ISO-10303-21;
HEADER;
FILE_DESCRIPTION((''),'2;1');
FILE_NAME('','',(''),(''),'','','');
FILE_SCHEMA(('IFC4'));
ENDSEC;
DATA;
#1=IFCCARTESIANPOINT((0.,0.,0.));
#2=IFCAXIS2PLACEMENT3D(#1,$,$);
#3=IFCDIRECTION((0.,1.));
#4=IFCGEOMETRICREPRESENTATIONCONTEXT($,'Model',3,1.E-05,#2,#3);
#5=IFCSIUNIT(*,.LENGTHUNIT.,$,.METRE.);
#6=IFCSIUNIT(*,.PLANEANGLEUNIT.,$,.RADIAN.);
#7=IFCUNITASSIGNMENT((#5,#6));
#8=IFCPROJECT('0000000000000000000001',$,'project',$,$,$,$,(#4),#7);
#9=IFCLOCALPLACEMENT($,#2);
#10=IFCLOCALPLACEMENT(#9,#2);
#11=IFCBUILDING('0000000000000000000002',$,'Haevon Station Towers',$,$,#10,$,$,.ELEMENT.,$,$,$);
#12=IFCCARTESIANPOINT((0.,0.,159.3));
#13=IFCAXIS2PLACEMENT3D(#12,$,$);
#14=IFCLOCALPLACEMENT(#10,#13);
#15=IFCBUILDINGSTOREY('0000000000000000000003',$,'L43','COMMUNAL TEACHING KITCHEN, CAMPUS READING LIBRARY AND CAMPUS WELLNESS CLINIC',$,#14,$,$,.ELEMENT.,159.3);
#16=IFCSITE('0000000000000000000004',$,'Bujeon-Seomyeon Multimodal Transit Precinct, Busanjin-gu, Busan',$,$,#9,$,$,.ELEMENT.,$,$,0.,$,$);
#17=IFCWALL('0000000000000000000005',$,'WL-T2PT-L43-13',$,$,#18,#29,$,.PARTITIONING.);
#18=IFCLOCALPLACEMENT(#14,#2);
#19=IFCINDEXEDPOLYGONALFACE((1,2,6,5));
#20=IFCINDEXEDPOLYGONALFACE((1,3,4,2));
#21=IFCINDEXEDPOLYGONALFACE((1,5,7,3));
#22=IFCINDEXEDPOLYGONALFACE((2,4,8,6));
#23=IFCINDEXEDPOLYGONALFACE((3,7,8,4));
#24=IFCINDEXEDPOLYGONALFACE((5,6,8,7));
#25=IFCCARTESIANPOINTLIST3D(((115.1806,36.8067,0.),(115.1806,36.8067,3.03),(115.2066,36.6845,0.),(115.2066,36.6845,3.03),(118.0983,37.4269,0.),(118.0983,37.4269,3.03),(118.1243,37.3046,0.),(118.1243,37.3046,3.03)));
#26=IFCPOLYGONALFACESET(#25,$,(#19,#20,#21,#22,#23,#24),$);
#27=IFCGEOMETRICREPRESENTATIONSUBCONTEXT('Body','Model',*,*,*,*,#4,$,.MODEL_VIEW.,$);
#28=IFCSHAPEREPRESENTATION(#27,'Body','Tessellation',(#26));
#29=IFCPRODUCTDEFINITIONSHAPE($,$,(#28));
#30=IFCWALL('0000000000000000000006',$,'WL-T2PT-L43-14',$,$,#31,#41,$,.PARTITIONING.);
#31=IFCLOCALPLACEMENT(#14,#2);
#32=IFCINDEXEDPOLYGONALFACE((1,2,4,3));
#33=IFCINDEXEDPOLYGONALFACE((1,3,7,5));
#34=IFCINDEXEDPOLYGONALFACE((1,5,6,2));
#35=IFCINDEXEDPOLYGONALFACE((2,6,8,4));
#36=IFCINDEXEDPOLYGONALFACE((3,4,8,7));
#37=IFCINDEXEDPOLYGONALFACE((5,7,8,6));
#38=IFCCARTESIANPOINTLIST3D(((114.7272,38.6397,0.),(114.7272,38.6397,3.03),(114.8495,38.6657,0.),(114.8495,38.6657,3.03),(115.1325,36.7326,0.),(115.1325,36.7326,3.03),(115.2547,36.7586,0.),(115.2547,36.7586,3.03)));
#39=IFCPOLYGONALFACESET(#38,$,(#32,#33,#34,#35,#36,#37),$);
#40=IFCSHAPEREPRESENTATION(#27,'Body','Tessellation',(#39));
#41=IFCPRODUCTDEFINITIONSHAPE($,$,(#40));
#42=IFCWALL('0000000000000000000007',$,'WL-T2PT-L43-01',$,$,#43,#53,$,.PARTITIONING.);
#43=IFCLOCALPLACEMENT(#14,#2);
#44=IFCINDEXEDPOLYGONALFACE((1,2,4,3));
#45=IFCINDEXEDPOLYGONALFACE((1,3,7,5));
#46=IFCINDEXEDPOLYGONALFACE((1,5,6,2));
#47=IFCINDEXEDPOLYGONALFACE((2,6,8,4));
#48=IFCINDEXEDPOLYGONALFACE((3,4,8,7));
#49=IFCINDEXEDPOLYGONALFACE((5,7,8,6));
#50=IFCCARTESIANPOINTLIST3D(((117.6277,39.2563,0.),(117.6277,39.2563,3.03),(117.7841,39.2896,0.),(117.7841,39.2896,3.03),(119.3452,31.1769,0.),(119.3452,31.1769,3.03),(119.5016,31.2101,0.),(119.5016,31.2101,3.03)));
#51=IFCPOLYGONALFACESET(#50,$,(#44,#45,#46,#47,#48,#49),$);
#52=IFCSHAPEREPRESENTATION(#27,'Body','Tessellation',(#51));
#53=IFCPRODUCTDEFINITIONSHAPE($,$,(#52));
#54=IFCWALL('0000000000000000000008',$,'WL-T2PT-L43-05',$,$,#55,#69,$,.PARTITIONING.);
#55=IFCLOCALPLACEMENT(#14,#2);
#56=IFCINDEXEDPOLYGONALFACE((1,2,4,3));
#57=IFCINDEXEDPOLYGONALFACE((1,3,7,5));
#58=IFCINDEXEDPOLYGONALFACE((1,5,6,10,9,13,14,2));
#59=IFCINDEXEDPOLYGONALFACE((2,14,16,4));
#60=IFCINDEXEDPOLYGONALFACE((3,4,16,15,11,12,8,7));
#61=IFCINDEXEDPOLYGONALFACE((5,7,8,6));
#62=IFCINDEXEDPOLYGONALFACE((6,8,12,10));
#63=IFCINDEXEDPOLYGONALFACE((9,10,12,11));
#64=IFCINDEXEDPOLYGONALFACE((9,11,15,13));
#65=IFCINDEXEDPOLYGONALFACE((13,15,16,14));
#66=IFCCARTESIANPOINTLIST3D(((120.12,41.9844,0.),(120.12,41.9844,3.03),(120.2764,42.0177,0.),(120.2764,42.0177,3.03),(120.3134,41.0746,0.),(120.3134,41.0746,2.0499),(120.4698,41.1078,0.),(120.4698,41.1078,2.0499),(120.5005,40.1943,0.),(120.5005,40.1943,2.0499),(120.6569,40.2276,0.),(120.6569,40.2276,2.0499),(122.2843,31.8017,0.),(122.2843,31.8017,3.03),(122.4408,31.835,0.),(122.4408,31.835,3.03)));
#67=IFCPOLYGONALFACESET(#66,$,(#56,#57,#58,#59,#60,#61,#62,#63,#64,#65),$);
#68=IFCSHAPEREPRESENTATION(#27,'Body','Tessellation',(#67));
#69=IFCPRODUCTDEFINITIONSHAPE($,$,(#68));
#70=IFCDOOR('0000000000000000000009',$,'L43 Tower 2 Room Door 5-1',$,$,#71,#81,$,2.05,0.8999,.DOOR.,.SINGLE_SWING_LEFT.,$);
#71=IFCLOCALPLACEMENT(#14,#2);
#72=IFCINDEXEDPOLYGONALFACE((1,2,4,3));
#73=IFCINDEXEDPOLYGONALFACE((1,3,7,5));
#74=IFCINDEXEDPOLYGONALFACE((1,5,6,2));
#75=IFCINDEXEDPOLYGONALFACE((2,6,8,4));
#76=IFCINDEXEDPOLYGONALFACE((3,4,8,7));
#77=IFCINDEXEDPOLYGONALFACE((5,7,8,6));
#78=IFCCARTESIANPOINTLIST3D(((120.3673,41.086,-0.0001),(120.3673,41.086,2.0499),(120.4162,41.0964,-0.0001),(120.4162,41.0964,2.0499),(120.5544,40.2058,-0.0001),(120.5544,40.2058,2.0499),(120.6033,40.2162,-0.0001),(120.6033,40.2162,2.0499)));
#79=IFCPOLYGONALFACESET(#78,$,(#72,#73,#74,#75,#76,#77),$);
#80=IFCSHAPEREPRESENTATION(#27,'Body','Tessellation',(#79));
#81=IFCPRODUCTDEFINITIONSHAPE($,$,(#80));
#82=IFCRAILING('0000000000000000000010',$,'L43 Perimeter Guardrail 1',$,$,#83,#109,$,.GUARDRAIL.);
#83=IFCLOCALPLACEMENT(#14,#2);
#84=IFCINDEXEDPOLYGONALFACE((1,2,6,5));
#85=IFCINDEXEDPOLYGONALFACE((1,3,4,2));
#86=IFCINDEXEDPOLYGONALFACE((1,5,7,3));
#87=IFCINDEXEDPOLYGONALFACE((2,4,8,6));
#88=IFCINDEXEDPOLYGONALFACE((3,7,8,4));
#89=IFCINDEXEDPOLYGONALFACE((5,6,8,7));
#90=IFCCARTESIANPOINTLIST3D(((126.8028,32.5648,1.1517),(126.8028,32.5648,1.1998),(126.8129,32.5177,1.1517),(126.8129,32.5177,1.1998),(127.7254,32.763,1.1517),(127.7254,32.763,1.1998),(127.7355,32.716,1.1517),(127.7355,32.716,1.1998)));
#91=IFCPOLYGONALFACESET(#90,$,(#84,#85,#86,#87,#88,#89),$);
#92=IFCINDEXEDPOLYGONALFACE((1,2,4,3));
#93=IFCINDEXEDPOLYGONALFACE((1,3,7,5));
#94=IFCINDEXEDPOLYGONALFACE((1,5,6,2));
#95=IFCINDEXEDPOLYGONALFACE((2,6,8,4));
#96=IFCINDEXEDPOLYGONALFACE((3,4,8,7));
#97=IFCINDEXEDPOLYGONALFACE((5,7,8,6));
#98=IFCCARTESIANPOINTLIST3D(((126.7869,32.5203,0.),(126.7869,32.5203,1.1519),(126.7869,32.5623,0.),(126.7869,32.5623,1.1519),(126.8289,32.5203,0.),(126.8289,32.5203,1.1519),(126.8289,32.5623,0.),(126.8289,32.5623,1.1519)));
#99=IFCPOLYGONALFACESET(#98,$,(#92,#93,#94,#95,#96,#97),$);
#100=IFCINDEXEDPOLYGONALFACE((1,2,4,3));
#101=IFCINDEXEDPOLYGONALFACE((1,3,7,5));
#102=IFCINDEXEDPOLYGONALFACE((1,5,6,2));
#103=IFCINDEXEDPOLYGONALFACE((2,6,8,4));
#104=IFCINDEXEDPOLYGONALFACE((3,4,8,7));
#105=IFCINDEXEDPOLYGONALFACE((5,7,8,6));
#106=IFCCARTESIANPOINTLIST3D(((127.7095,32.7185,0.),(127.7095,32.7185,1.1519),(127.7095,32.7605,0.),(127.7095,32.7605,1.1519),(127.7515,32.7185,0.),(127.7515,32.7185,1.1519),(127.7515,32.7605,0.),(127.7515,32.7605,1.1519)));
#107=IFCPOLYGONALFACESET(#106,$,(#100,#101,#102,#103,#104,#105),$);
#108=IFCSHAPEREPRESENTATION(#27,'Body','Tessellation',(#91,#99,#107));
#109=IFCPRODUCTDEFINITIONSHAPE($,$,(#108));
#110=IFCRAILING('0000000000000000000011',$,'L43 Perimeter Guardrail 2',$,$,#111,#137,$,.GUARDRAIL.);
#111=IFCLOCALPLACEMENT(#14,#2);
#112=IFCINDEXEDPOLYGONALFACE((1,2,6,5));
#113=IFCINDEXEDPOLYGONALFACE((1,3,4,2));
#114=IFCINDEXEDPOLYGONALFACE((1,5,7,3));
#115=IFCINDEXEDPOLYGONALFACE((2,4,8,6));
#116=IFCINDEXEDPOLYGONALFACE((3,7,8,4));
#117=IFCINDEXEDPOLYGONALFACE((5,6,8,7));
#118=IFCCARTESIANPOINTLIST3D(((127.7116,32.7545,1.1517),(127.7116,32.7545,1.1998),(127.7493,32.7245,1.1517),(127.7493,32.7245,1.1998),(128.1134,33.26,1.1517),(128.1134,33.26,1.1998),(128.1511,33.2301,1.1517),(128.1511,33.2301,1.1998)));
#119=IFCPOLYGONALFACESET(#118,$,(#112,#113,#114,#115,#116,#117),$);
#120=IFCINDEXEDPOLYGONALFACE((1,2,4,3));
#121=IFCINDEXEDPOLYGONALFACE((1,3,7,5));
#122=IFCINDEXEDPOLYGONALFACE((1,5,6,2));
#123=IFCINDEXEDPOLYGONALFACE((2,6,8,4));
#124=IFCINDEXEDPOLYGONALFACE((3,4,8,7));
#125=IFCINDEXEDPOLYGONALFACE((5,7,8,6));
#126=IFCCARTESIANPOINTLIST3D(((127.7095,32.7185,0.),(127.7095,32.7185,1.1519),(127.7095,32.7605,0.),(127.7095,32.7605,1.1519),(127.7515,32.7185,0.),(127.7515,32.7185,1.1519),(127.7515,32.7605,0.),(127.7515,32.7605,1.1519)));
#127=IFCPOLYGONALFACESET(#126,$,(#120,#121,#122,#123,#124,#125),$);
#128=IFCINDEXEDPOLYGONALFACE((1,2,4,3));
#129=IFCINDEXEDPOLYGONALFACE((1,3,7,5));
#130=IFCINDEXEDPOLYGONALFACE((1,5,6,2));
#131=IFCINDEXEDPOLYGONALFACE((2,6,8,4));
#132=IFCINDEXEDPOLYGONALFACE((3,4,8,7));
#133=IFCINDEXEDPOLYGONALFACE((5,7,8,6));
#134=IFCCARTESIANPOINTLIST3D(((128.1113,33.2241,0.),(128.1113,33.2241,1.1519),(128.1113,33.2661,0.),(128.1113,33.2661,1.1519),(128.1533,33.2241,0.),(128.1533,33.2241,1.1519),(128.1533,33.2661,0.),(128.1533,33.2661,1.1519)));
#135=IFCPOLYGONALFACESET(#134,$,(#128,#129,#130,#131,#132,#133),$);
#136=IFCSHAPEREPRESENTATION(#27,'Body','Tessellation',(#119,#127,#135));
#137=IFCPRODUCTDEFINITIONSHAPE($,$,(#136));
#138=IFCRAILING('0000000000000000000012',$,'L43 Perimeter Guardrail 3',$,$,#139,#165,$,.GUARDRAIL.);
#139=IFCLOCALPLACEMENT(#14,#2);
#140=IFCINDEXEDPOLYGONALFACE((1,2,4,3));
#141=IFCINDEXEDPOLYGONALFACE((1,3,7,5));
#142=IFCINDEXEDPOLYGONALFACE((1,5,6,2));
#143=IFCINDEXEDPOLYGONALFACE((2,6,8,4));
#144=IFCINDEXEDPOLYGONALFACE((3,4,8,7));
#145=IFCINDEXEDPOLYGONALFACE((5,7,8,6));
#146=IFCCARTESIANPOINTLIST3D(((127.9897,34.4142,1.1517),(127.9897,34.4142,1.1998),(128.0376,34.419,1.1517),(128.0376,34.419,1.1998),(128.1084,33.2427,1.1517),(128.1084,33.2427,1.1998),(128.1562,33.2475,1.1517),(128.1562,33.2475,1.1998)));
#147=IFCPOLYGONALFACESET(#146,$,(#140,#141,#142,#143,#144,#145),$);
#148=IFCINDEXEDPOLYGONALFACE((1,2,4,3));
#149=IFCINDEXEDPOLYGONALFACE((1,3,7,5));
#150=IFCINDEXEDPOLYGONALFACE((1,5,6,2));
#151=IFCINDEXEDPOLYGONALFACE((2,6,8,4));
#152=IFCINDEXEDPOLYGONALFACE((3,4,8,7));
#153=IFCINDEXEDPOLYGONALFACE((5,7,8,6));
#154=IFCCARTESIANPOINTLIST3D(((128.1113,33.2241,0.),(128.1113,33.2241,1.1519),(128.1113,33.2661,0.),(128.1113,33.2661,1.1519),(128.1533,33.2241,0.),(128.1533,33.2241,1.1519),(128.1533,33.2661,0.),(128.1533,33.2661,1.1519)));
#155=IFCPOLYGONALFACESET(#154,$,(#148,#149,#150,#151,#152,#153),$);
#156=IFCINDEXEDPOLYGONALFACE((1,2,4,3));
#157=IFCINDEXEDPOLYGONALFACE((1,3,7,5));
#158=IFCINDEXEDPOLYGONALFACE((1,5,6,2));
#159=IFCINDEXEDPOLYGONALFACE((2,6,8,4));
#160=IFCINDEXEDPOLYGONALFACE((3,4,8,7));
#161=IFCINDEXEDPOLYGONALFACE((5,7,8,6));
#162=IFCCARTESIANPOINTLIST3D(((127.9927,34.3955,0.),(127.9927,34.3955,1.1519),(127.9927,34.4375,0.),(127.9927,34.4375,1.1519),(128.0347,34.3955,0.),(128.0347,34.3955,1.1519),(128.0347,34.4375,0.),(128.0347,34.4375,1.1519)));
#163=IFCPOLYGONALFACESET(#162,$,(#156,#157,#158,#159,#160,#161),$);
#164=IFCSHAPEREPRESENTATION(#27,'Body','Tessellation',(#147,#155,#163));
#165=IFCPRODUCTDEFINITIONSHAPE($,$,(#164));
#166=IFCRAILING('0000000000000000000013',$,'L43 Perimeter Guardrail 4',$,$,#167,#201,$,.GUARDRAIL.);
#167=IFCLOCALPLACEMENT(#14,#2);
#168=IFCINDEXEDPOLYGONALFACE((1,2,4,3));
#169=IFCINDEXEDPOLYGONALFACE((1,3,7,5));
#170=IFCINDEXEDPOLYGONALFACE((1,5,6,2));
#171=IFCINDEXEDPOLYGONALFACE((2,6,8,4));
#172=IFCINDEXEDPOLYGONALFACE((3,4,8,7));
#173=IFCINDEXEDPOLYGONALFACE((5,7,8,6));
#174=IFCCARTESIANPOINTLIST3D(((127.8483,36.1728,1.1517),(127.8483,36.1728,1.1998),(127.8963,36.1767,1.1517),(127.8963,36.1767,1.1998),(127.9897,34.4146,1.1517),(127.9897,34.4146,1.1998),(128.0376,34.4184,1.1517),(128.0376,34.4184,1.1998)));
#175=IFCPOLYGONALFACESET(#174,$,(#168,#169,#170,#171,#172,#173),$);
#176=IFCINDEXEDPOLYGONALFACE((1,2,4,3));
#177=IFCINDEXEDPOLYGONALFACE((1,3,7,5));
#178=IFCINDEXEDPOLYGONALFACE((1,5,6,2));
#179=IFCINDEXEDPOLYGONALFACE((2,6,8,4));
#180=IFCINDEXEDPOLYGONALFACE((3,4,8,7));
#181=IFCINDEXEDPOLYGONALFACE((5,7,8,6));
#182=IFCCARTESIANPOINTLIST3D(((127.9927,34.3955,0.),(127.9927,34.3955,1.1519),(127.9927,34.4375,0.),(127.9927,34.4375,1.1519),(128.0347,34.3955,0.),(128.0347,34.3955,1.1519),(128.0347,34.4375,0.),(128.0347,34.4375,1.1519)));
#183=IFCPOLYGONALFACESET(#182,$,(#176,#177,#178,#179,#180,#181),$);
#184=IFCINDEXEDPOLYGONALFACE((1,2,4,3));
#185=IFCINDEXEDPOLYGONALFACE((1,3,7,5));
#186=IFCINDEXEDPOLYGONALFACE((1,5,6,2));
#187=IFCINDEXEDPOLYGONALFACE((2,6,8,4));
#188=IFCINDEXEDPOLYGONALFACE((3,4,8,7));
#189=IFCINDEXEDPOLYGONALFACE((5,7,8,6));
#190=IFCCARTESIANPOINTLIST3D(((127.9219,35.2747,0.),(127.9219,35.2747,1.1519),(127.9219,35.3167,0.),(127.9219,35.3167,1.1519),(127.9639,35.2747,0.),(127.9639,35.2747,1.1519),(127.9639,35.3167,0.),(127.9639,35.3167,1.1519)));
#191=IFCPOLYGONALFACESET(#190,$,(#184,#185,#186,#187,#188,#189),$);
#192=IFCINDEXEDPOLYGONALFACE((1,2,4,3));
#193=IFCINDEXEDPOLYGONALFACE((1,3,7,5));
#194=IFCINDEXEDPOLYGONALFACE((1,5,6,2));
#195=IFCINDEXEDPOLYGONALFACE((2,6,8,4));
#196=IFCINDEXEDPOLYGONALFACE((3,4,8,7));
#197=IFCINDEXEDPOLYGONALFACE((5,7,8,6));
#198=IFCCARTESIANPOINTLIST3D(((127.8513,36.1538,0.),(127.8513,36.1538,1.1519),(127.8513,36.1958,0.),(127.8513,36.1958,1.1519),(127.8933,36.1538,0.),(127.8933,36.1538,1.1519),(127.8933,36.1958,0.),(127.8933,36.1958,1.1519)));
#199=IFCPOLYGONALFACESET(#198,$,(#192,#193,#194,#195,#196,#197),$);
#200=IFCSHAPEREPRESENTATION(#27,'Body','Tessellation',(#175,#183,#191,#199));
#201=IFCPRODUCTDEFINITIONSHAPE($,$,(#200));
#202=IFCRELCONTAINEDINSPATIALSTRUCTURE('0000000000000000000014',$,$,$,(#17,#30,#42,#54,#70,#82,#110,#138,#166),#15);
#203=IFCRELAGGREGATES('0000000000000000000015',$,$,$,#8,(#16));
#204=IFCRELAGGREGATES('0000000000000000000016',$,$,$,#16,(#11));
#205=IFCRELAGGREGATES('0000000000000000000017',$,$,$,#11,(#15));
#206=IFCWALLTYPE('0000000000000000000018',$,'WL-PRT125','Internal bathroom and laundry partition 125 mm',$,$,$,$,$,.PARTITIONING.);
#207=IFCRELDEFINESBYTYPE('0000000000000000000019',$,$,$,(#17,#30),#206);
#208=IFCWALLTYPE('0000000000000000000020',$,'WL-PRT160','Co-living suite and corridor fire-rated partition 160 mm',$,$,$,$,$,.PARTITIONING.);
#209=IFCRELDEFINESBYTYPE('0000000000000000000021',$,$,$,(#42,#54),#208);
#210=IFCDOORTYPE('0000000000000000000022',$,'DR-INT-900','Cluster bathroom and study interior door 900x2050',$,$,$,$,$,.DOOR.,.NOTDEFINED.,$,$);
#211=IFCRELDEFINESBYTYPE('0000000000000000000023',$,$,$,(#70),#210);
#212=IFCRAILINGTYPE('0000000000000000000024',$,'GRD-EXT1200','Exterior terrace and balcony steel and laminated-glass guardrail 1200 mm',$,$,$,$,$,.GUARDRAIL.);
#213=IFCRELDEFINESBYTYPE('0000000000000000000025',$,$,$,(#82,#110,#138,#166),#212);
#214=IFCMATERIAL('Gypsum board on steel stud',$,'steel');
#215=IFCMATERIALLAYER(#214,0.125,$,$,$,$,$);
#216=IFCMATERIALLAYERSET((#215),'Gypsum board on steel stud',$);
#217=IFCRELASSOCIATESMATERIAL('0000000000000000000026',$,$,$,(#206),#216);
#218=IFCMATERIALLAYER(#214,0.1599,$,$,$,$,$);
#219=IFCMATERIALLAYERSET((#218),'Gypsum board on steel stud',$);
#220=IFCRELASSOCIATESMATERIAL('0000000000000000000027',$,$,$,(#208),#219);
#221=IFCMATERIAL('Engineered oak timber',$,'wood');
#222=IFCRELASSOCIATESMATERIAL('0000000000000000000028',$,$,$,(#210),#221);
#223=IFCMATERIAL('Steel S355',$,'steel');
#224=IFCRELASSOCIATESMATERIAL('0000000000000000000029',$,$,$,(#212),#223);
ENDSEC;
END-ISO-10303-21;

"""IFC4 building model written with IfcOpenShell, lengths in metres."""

from ifc_helpers import new_model, si_unit, direction, frame, frame_2d, origin, origin_2d, place, context, subcontext, project, spatial, rectangle, extrude, material, layer, layer_set, type_object, element, fill, save


model = new_model("IFC4")

# Units and contexts
model_context = context("Model", 3, precision=1e-05, world=origin(), true_north=direction((0.0, 1.0)))
body_context = subcontext(model_context, "Body", "Model", "MODEL_VIEW")
ifc_project = project(units=[si_unit("LENGTHUNIT", "METRE"), si_unit("PLANEANGLEUNIT", "RADIAN")], contexts=[model_context])

# Site, building, storey
site_placement = place(None, origin())
site = spatial("IfcSite", under=ifc_project, at=site_placement, Name="Bujeon-Seomyeon Multimodal Transit Precinct, Busanjin-gu, Busan", CompositionType="ELEMENT", RefElevation=0.0)
building_placement = place(site_placement, origin())
building = spatial("IfcBuilding", under=site, at=building_placement, Name="Haevon Station Towers", CompositionType="ELEMENT")
storey_placement = place(building_placement, frame((0.0, 0.0, 159.3)))
storey = spatial("IfcBuildingStorey", under=building, at=storey_placement, Name="L43", Description="COMMUNAL TEACHING KITCHEN, CAMPUS READING LIBRARY AND CAMPUS WELLNESS CLINIC", CompositionType="ELEMENT", Elevation=159.3)

# Shared definitions
ifc_material_1 = material(Name="Steel S355", Category="steel")

# Walls
ifc_material_2 = material(Name="Gypsum board on steel stud", Category="steel")
ifc_layer_1 = layer(ifc_material_2, 0.125)
ifc_layer_set_1 = layer_set([ifc_layer_1], Name="Gypsum board on steel stud")
wall_type_1 = type_object("IfcWallType", Name="WL-PRT125", Description="Internal bathroom and laundry partition 125 mm", PredefinedType="PARTITIONING", material=ifc_layer_set_1)
wall_1_placement = place(storey_placement, frame((115.1936, 36.7456, 0.0), z_axis=(0.0, 0.0, 1.0), x_axis=(0.978152, 0.207891, 0.0)))
element("IfcWall", 1, at=wall_1_placement, inside=storey, type_object=wall_type_1, Name="WL-T2PT-L43-13", PredefinedType="PARTITIONING", context=body_context, shape_type="SweptSolid", body=[
    extrude(rectangle(XDim=2.9829, YDim=0.125, at=frame_2d((1.4915, 0.0))), origin(), (0.0, 0.0, 1.0), 3.03),
])
wall_2_placement = place(storey_placement, frame((115.1936, 36.7456, 0.0), z_axis=(0.0, 0.0, 1.0), x_axis=(-0.207853, 0.97816, 0.0)))
element("IfcWall", 2, at=wall_2_placement, inside=storey, type_object=wall_type_1, Name="WL-T2PT-L43-14", PredefinedType="PARTITIONING", context=body_context, shape_type="SweptSolid", body=[
    extrude(rectangle(XDim=1.9497, YDim=0.125, at=frame_2d((0.9749, 0.0))), origin(), (0.0, 0.0, 1.0), 3.03),
])
ifc_layer_2 = layer(ifc_material_2, 0.1599)
ifc_layer_set_2 = layer_set([ifc_layer_2], Name="Gypsum board on steel stud")
wall_type_2 = type_object("IfcWallType", Name="WL-PRT160", Description="Co-living suite and corridor fire-rated partition 160 mm", PredefinedType="PARTITIONING", material=ifc_layer_set_2)
wall_3_placement = place(storey_placement, frame((119.4233, 31.1936, 0.0), z_axis=(0.0, 0.0, 1.0), x_axis=(-0.20793, 0.978144, 0.0)))
element("IfcWall", 3, at=wall_3_placement, inside=storey, type_object=wall_type_2, Name="WL-T2PT-L43-01", PredefinedType="PARTITIONING", context=body_context, shape_type="SweptSolid", body=[
    extrude(rectangle(XDim=8.26, YDim=0.1599, at=frame_2d((4.1299, 0.0))), origin(), (0.0, 0.0, 1.0), 3.03),
])

# Wall, opening, door
wall_4_placement = place(storey_placement, frame((122.3625, 31.8184, 0.0), z_axis=(0.0, 0.0, 1.0), x_axis=(-0.207905, 0.978149, 0.0)))
wall_4 = element("IfcWall", 4, at=wall_4_placement, inside=storey, type_object=wall_type_2, Name="WL-T2PT-L43-05", PredefinedType="PARTITIONING", context=body_context, shape_type="SweptSolid", body=[
    extrude(rectangle(XDim=10.4102, YDim=0.1599, at=frame_2d((5.2051, 0.0))), origin(), (0.0, 0.0, 1.0), 3.03),
])
opening_1_placement = place(wall_4_placement, frame((8.5801, 0.0, 0.0)))
opening_1 = element("IfcOpeningElement", 5, at=opening_1_placement, cuts=wall_4, PredefinedType="OPENING", context=body_context, shape_type="SweptSolid", body=[
    extrude(rectangle(XDim=0.8999, YDim=2.05, at=frame_2d((0.45, 1.0249))), frame((0.0, 0.0898, 0.0), z_axis=(0.0, -1.0, 0.0), x_axis=(1.0, 0.0, 0.0)), (0.0, 0.0, 1.0), 0.1799),
])
ifc_material_3 = material(Name="Engineered oak timber", Category="wood")
door_type_1 = type_object("IfcDoorType", Name="DR-INT-900", Description="Cluster bathroom and study interior door 900x2050", OperationType="NOTDEFINED", PredefinedType="DOOR", material=ifc_material_3)
door_1_placement = place(opening_1_placement, origin())
door_1 = element("IfcDoor", 6, at=door_1_placement, inside=storey, type_object=door_type_1, Name="L43 Tower 2 Room Door 5-1", OperationType="SINGLE_SWING_LEFT", OverallHeight=2.05, OverallWidth=0.8999, PredefinedType="DOOR", context=body_context, shape_type="SweptSolid", body=[
    extrude(rectangle(XDim=0.8999, YDim=2.05, at=frame_2d((0.45, 1.0249))), frame((0.0, 0.0249, 0.0), z_axis=(0.0, -1.0, 0.0), x_axis=(1.0, 0.0, 0.0)), (0.0, 0.0, 1.0), 0.05),
])
fill(opening_1, door_1)

# Railings
railing_type = type_object("IfcRailingType", Name="GRD-EXT1200", Description="Exterior terrace and balcony steel and laminated-glass guardrail 1200 mm", PredefinedType="GUARDRAIL", material=ifc_material_1)
railing_1_placement = place(storey_placement, frame((126.8079, 32.5413, 0.0)))
element("IfcRailing", 7, at=railing_1_placement, inside=storey, type_object=railing_type, Name="L43 Perimeter Guardrail 1", PredefinedType="GUARDRAIL", context=body_context, shape_type="SweptSolid", body=[
    extrude(rectangle(XDim=0.0481, YDim=0.0481, at=origin_2d()), frame((0.0, 0.0, 1.1758), z_axis=(0.977685, 0.210077, 0.0), x_axis=(-0.210077, 0.977685, 0.0)), (0.0, 0.0, 1.0), 0.9436),
    extrude(rectangle(XDim=0.042, YDim=0.042, at=origin_2d()), origin(), (0.0, 0.0, 1.0), 1.1519),
    extrude(rectangle(XDim=0.042, YDim=0.042, at=origin_2d()), frame((0.9226, 0.1982, 0.0)), (0.0, 0.0, 1.0), 1.1519),
])
railing_2_placement = place(storey_placement, frame((127.7305, 32.7395, 0.0)))
element("IfcRailing", 8, at=railing_2_placement, inside=storey, type_object=railing_type, Name="L43 Perimeter Guardrail 2", PredefinedType="GUARDRAIL", context=body_context, shape_type="SweptSolid", body=[
    extrude(rectangle(XDim=0.0481, YDim=0.0481, at=origin_2d()), frame((0.0, 0.0, 1.1758), z_axis=(0.622203, 0.782856, 0.0), x_axis=(-0.782856, 0.622203, 0.0)), (0.0, 0.0, 1.0), 0.6458),
    extrude(rectangle(XDim=0.042, YDim=0.042, at=origin_2d()), origin(), (0.0, 0.0, 1.0), 1.1519),
    extrude(rectangle(XDim=0.042, YDim=0.042, at=origin_2d()), frame((0.4019, 0.5056, 0.0)), (0.0, 0.0, 1.0), 1.1519),
])
railing_3_placement = place(storey_placement, frame((128.1323, 33.2451, 0.0)))
element("IfcRailing", 9, at=railing_3_placement, inside=storey, type_object=railing_type, Name="L43 Perimeter Guardrail 3", PredefinedType="GUARDRAIL", context=body_context, shape_type="SweptSolid", body=[
    extrude(rectangle(XDim=0.0481, YDim=0.0481, at=origin_2d()), frame((0.0, 0.0, 1.1758), z_axis=(-0.100777, 0.994909, 0.0), x_axis=(-0.994909, -0.100777, 0.0)), (0.0, 0.0, 1.0), 1.1775),
    extrude(rectangle(XDim=0.042, YDim=0.042, at=origin_2d()), origin(), (0.0, 0.0, 1.0), 1.1519),
    extrude(rectangle(XDim=0.042, YDim=0.042, at=origin_2d()), frame((-0.1187, 1.1714, 0.0)), (0.0, 0.0, 1.0), 1.1519),
])
railing_4_placement = place(storey_placement, frame((128.0137, 34.4165, 0.0)))
element("IfcRailing", 10, at=railing_4_placement, inside=storey, type_object=railing_type, Name="L43 Perimeter Guardrail 4", PredefinedType="GUARDRAIL", context=body_context, shape_type="SweptSolid", body=[
    extrude(rectangle(XDim=0.0481, YDim=0.0481, at=origin_2d()), frame((0.0, 0.0, 1.1758), z_axis=(-0.080136, 0.996784, 0.0), x_axis=(-0.996784, -0.080136, 0.0)), (0.0, 0.0, 1.0), 1.7639),
    extrude(rectangle(XDim=0.042, YDim=0.042, at=origin_2d()), origin(), (0.0, 0.0, 1.0), 1.1519),
    extrude(rectangle(XDim=0.042, YDim=0.042, at=origin_2d()), frame((-0.0708, 0.8792, 0.0)), (0.0, 0.0, 1.0), 1.1519),
    extrude(rectangle(XDim=0.042, YDim=0.042, at=origin_2d()), frame((-0.1414, 1.7583, 0.0)), (0.0, 0.0, 1.0), 1.1519),
])

save(model, "model.ifc")
